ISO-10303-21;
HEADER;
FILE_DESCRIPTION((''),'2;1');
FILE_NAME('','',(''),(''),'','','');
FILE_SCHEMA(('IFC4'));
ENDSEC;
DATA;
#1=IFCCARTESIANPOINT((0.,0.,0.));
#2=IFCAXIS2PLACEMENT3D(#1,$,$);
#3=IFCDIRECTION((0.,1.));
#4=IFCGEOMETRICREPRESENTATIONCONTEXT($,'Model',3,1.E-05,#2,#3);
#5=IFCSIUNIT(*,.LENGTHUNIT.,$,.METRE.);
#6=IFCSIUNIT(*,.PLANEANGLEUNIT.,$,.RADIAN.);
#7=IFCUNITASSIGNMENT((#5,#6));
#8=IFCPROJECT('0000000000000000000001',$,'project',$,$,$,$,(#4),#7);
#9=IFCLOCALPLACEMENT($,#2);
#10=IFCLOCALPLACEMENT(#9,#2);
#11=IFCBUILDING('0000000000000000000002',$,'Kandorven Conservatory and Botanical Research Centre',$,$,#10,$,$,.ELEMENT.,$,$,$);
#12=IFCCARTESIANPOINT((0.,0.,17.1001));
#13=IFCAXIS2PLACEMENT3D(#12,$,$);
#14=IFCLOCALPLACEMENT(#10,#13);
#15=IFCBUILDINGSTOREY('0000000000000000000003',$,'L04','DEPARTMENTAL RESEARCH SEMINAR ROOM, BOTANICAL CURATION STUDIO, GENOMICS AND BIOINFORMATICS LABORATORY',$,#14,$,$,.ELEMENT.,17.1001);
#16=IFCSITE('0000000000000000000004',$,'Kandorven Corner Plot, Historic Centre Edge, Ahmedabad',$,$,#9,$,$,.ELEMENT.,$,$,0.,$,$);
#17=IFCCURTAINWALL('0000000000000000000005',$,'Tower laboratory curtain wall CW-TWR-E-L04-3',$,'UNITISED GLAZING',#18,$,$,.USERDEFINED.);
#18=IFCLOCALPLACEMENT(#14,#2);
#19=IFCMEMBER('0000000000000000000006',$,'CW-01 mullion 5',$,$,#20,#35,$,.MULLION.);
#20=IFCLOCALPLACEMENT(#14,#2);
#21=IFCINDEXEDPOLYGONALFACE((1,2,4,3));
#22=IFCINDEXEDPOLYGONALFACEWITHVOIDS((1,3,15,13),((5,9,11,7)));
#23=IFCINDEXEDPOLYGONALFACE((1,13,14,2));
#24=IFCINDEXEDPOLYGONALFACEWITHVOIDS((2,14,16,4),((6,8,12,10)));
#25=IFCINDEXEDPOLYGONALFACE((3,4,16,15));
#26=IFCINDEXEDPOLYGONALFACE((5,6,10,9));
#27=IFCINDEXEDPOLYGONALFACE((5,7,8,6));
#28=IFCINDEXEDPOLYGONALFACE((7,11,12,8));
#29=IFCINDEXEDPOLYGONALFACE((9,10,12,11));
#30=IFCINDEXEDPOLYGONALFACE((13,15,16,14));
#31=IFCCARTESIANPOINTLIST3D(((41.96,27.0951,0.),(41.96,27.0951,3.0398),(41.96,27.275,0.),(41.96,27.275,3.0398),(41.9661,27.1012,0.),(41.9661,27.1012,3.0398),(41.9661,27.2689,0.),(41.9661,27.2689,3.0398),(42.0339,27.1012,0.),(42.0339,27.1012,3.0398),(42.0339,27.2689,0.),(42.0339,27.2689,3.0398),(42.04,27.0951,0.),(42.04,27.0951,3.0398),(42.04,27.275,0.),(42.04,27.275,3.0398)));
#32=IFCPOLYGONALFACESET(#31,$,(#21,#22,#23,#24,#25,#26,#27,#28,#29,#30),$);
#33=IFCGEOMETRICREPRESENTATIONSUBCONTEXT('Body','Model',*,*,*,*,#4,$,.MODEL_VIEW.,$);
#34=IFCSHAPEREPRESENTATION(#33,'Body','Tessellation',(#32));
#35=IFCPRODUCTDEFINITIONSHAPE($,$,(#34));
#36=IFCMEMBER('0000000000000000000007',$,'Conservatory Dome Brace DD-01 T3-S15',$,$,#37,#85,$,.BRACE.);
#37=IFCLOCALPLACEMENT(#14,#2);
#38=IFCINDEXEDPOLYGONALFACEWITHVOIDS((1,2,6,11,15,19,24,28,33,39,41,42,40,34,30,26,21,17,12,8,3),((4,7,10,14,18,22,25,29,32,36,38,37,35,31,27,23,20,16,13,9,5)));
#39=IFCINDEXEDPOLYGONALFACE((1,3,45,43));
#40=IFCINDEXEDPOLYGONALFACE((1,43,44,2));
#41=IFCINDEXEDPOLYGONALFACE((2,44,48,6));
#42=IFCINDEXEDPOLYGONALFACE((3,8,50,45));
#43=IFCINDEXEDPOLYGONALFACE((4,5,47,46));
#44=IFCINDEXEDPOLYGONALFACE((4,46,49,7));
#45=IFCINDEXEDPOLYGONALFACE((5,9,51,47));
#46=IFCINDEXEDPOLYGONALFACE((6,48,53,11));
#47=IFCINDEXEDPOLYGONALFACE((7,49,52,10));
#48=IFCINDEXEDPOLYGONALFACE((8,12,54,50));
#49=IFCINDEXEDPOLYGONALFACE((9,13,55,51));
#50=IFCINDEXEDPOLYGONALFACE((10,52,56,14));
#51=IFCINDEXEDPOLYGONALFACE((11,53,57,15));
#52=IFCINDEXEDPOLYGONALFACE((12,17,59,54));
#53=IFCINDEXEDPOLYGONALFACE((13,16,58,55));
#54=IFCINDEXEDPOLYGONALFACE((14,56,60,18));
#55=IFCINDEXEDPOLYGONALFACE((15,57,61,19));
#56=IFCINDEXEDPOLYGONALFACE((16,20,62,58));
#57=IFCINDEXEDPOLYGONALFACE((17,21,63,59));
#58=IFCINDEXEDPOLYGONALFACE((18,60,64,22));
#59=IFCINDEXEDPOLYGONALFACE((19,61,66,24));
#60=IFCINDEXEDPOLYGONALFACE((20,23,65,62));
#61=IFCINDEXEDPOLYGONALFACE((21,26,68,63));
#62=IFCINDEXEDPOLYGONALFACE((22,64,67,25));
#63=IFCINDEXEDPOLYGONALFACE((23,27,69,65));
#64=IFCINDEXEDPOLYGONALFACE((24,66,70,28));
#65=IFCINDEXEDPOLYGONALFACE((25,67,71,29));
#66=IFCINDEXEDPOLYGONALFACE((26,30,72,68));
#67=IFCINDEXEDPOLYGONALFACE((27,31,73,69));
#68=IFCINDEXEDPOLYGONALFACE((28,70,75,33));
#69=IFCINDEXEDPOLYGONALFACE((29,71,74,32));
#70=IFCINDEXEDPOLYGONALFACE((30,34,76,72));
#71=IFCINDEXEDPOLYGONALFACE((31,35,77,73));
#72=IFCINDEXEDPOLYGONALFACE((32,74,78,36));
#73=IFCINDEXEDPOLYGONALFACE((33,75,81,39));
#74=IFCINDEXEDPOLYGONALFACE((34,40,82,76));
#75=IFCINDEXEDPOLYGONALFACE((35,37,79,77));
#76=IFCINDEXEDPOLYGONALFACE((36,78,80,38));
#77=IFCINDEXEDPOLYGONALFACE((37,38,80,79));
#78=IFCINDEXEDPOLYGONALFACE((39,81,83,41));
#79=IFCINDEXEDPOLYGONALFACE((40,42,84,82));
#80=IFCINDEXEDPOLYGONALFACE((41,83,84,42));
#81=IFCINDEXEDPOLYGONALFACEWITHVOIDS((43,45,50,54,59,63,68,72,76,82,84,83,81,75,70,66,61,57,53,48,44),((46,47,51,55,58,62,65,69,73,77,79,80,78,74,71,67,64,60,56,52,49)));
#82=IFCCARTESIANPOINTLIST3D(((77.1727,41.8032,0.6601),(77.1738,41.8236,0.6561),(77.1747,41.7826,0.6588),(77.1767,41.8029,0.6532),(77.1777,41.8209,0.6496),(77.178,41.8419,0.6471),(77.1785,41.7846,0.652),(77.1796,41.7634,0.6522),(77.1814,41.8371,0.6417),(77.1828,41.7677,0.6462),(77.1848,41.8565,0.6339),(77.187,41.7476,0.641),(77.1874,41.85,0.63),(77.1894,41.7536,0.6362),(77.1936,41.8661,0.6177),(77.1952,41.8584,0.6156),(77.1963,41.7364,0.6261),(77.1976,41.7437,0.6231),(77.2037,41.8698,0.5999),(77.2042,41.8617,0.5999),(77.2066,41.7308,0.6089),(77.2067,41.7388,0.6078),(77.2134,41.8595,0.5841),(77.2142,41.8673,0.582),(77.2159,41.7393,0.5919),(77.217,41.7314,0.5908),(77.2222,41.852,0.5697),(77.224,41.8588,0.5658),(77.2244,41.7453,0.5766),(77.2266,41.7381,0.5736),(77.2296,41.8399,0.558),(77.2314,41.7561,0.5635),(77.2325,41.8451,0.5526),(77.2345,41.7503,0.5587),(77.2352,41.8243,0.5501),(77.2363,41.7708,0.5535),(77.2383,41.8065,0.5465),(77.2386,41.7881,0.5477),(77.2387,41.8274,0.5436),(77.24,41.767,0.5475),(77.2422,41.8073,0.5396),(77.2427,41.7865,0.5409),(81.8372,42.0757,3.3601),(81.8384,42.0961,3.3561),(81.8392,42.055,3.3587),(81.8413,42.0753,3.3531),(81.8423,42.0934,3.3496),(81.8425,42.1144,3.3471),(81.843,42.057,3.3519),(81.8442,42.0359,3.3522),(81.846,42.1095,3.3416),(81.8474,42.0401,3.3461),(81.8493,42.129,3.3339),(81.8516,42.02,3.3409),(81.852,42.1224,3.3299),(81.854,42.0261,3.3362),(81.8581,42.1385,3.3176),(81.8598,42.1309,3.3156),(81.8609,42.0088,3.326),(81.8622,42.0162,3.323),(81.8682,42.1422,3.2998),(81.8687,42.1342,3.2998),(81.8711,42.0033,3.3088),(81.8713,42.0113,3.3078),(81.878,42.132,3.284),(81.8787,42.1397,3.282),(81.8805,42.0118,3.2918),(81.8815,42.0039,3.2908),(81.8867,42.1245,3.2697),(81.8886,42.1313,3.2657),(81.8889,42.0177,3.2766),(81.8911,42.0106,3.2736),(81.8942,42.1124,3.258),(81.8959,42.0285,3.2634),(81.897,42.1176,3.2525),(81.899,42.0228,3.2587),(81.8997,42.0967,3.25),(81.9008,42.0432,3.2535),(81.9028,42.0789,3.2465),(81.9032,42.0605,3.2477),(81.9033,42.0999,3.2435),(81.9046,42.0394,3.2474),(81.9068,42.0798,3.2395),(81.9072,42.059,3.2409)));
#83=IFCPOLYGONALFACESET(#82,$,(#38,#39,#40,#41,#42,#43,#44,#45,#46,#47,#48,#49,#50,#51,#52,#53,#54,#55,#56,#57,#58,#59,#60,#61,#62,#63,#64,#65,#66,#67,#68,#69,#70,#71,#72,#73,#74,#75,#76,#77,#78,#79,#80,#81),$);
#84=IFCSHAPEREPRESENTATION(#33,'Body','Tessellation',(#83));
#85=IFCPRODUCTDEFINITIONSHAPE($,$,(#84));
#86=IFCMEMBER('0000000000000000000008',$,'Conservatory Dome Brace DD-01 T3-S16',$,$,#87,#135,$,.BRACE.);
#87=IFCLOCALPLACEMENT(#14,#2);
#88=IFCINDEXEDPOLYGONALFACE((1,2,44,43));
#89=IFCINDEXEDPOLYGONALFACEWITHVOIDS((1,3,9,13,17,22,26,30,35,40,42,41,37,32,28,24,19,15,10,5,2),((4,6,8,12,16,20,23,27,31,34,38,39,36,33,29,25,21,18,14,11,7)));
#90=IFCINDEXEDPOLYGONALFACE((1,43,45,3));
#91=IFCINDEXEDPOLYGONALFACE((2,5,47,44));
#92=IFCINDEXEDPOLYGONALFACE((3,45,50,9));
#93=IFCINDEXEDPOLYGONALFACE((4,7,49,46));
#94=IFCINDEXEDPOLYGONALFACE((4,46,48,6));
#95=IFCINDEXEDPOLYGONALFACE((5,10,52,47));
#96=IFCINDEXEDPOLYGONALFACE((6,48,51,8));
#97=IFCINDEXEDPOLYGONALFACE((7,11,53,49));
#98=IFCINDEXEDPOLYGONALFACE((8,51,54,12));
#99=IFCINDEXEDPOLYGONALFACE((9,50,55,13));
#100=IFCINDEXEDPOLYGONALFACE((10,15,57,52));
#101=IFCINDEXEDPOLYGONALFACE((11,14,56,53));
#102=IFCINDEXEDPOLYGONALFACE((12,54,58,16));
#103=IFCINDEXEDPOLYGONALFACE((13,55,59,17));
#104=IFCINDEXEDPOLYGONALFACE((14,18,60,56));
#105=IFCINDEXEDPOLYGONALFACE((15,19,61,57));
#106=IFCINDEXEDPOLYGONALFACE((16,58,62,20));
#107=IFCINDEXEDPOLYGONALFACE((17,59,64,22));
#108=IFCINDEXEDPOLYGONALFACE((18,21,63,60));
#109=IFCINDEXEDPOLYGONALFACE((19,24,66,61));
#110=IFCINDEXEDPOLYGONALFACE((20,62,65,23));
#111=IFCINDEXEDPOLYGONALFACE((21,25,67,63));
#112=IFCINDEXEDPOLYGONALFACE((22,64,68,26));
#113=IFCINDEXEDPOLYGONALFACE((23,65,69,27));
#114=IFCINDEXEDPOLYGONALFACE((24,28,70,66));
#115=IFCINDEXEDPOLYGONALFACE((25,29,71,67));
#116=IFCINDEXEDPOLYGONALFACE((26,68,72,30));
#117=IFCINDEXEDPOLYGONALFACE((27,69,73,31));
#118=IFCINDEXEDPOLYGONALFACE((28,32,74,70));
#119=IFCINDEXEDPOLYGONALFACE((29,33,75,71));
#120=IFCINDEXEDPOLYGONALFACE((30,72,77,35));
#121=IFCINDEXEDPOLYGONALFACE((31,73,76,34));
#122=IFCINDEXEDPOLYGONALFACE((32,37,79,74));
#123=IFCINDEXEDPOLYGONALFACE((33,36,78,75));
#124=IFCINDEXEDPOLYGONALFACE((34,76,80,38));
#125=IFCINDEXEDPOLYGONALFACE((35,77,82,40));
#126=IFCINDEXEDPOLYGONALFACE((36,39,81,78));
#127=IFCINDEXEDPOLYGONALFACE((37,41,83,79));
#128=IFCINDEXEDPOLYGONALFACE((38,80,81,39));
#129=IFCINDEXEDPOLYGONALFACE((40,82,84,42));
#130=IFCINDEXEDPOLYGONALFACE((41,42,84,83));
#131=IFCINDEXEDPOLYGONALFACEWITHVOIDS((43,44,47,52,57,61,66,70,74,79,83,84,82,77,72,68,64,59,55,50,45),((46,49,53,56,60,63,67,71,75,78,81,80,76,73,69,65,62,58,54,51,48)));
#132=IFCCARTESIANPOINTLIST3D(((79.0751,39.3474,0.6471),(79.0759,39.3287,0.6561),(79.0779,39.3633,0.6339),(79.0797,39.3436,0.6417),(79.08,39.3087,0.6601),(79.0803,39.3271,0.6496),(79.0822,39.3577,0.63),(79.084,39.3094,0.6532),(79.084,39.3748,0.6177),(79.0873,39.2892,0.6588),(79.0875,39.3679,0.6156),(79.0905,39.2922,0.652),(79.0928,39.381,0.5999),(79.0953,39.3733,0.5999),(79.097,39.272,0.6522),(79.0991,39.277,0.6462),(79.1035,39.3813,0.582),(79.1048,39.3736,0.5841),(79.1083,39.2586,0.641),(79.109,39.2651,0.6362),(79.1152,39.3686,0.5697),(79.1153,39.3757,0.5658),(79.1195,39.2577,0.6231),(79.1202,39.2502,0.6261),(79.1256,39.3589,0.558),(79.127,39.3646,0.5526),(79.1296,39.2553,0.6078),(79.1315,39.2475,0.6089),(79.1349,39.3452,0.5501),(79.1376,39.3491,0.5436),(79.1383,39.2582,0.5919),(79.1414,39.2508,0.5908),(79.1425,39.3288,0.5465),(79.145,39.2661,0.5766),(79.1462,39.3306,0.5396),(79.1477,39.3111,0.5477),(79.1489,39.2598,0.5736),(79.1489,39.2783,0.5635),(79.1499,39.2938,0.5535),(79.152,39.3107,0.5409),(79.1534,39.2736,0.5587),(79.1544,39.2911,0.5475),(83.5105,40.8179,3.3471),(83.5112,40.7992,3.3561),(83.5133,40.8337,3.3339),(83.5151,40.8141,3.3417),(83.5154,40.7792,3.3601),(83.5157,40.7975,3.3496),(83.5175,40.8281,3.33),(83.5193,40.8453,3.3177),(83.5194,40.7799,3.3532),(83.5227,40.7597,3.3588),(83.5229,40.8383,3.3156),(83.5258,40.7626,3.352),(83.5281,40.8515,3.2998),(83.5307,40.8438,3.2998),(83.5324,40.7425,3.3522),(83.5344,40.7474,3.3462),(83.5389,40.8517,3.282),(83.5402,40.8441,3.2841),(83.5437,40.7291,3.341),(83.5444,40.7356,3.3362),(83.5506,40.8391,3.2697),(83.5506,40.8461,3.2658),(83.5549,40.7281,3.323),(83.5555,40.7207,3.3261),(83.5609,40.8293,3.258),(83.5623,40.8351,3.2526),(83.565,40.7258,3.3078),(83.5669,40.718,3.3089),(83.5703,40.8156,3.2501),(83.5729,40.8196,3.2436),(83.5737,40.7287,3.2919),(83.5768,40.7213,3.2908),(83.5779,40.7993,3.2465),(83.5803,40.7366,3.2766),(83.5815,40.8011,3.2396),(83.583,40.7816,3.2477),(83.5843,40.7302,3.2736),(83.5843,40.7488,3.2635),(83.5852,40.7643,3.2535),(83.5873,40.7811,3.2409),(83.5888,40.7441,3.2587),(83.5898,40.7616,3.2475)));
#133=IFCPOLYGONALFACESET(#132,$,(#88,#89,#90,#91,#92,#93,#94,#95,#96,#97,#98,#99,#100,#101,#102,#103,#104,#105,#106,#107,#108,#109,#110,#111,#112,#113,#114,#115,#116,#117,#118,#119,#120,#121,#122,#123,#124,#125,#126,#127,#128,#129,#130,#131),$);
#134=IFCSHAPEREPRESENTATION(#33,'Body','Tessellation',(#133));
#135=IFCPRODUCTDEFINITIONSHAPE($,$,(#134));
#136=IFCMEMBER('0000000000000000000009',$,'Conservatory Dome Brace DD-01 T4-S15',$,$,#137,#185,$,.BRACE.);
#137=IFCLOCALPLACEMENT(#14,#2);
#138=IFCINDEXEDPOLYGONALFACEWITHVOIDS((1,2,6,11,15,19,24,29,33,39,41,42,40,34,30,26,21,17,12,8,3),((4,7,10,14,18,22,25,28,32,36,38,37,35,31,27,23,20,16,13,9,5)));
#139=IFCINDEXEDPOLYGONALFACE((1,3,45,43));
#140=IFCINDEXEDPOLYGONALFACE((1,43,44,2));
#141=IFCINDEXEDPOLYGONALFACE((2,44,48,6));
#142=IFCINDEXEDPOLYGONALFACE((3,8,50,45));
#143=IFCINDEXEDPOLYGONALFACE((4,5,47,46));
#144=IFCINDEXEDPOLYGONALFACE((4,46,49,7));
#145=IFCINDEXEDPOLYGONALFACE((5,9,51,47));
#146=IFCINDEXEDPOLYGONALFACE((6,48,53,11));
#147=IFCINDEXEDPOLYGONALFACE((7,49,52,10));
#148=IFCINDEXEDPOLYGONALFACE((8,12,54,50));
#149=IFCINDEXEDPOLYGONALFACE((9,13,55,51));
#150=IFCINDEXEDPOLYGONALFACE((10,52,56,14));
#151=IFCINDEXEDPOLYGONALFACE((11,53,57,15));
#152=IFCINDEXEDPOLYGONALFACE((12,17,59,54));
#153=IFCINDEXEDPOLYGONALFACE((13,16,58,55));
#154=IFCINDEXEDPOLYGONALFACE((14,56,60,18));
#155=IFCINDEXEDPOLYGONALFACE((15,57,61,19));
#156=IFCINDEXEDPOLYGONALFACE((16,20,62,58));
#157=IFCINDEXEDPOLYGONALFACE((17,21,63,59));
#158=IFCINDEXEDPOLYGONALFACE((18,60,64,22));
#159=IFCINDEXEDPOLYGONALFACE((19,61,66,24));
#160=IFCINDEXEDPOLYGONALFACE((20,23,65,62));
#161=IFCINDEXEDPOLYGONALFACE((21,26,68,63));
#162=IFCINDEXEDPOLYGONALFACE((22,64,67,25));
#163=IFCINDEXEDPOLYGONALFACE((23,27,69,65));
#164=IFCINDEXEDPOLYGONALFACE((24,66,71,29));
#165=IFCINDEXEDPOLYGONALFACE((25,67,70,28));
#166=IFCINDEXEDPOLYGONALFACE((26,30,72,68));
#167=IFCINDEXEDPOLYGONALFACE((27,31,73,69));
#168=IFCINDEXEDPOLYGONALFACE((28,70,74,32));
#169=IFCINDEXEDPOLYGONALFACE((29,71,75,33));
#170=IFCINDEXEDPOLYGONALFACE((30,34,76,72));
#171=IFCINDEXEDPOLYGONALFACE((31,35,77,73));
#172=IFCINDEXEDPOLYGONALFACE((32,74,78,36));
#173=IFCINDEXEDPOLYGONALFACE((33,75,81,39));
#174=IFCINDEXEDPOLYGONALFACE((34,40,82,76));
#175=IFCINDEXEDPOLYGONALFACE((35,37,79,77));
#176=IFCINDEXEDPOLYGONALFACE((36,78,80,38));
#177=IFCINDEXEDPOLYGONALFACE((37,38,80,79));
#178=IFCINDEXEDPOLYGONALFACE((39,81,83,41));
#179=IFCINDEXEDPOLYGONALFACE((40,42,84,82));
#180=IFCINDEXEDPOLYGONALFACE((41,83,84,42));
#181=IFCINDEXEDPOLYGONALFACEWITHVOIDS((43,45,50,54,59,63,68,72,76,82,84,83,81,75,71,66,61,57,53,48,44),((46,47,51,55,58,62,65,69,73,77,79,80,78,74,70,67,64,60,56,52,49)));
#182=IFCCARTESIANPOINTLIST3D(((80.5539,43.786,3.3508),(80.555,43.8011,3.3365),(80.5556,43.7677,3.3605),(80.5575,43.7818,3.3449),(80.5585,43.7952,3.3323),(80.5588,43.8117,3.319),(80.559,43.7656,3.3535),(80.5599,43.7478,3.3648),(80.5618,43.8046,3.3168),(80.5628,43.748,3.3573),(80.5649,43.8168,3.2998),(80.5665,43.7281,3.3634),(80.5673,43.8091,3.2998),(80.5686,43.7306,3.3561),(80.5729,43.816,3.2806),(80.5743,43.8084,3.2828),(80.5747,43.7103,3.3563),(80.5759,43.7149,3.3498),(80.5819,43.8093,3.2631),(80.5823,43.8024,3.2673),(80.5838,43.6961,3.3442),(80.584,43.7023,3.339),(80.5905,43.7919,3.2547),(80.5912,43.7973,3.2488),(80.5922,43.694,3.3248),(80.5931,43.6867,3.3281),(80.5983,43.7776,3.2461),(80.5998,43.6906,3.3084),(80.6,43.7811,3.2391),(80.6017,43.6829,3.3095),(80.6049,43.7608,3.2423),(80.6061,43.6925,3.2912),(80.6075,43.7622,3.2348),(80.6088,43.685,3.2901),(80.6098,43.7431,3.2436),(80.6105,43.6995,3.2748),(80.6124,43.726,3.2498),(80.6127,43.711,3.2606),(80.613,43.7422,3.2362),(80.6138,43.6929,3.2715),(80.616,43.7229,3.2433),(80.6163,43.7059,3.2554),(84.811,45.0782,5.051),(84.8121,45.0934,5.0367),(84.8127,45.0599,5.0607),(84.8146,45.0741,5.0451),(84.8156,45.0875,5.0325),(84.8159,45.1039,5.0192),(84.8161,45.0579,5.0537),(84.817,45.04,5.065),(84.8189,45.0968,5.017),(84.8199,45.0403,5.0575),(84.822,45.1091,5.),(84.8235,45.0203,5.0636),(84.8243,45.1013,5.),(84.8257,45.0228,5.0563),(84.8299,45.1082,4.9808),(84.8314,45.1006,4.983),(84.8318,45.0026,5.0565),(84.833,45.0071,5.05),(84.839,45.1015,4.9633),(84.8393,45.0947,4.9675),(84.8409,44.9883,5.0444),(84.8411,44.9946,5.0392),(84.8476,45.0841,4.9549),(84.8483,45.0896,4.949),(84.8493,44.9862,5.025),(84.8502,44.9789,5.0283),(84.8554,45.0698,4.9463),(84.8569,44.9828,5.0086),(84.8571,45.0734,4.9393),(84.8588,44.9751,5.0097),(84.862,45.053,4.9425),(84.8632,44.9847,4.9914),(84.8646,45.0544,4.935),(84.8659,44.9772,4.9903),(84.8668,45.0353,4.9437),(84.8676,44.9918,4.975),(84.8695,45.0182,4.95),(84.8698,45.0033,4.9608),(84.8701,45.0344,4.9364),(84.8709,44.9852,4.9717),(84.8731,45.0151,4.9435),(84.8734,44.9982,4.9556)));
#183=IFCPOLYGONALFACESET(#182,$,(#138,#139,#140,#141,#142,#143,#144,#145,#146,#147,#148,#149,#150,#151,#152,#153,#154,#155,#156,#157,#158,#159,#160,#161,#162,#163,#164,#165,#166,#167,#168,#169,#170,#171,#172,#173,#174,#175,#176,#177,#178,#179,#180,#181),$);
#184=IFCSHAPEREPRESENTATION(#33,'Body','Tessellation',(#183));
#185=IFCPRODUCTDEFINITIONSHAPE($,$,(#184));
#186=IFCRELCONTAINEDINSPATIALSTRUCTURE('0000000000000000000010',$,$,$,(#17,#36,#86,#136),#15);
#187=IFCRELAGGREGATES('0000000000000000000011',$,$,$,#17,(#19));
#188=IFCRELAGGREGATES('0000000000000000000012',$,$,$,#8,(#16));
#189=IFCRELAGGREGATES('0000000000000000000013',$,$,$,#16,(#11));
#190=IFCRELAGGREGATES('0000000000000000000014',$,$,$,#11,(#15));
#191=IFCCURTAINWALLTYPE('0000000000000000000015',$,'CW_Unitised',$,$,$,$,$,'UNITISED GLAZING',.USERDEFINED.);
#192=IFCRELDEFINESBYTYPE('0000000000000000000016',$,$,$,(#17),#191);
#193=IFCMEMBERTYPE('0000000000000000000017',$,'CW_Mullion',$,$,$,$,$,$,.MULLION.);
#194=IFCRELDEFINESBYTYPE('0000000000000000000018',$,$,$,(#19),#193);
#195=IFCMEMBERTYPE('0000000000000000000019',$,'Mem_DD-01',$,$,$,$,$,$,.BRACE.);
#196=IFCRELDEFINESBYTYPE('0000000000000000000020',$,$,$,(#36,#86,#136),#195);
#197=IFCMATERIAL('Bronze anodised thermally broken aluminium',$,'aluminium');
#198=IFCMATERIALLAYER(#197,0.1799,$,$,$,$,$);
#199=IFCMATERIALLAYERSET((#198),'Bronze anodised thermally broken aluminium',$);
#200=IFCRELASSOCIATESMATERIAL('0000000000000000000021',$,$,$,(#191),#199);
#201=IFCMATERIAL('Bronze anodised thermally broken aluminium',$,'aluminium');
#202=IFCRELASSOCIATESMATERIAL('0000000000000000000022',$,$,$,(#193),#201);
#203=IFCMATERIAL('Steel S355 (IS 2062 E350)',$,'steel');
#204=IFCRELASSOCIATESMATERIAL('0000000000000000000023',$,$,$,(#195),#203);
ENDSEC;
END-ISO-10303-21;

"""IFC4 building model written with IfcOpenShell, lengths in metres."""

from ifc_helpers import new_model, si_unit, direction, frame, origin, origin_2d, place, context, subcontext, project, spatial, hollow_rectangle, hollow_circle, extrude, material, layer, layer_set, material_profile, profile_set, type_object, element, aggregate, save


model = new_model("IFC4")

# Units and contexts
model_context = context("Model", 3, precision=1e-05, world=origin(), true_north=direction((0.0, 1.0)))
body_context = subcontext(model_context, "Body", "Model", "MODEL_VIEW")
ifc_project = project(units=[si_unit("LENGTHUNIT", "METRE"), si_unit("PLANEANGLEUNIT", "RADIAN")], contexts=[model_context])

# Site, building, storey
site_placement = place(None, origin())
site = spatial("IfcSite", under=ifc_project, at=site_placement, Name="Kandorven Corner Plot, Historic Centre Edge, Ahmedabad", CompositionType="ELEMENT", RefElevation=0.0)
building_placement = place(site_placement, origin())
building = spatial("IfcBuilding", under=site, at=building_placement, Name="Kandorven Conservatory and Botanical Research Centre", CompositionType="ELEMENT")
storey_placement = place(building_placement, frame((0.0, 0.0, 17.1001)))
storey = spatial("IfcBuildingStorey", under=building, at=storey_placement, Name="L04", Description="DEPARTMENTAL RESEARCH SEMINAR ROOM, BOTANICAL CURATION STUDIO, GENOMICS AND BIOINFORMATICS LABORATORY", CompositionType="ELEMENT", Elevation=17.1001)

# Curtain wall, member
ifc_material_1 = material(Name="Bronze anodised thermally broken aluminium", Category="aluminium")
ifc_layer_1 = layer(ifc_material_1, 0.1799)
ifc_layer_set_1 = layer_set([ifc_layer_1], Name="Bronze anodised thermally broken aluminium")
curtain_wall_type = type_object("IfcCurtainWallType", Name="CW_Unitised", ElementType="UNITISED GLAZING", PredefinedType="USERDEFINED", material=ifc_layer_set_1)
curtain_wall_placement = place(storey_placement, origin())
curtain_wall = element("IfcCurtainWall", 1, at=curtain_wall_placement, inside=storey, type_object=curtain_wall_type, Name="Tower laboratory curtain wall CW-TWR-E-L04-3", ObjectType="UNITISED GLAZING", PredefinedType="USERDEFINED")
ifc_material_2 = material(Name="Bronze anodised thermally broken aluminium", Category="aluminium")
ifc_material_profile_1 = material_profile(ifc_material_2, hollow_rectangle(XDim=0.0801, YDim=0.1799, WallThickness=0.0061, at=origin_2d()))
ifc_profile_set_1 = profile_set([ifc_material_profile_1], Name="Bronze anodised thermally broken aluminium")
member_type_1 = type_object("IfcMemberType", Name="CW_Mullion", PredefinedType="MULLION", material=ifc_profile_set_1)
member_1_placement = place(storey_placement, frame((42.0, 27.1851, 0.0), z_axis=(0.0, 0.0, 1.0), x_axis=(-1.0, 0.0, 0.0)))
member_1 = element("IfcMember", 2, at=member_1_placement, type_object=member_type_1, Name="CW-01 mullion 5", PredefinedType="MULLION", context=body_context, shape_type="SweptSolid", body=[
    extrude(hollow_rectangle(XDim=0.0801, YDim=0.1799, WallThickness=0.0061, at=origin_2d()), origin(), (0.0, 0.0, 1.0), 3.0398),
])

# Members
ifc_material_3 = material(Name="Steel S355 (IS 2062 E350)", Category="steel")
ifc_material_profile_2 = material_profile(ifc_material_3, hollow_circle(Radius=0.0698, WallThickness=0.0081, at=origin_2d()))
ifc_profile_set_2 = profile_set([ifc_material_profile_2], Name="Steel S355 (IS 2062 E350)")
member_type_2 = type_object("IfcMemberType", Name="Mem_DD-01", PredefinedType="BRACE", material=ifc_profile_set_2)
member_2_placement = place(storey_placement, frame((77.2078, 41.8, 0.5999), z_axis=(0.864369, 0.050489, 0.500317), x_axis=(-0.058312, 0.998298, 0.0)))
element("IfcMember", 3, at=member_2_placement, inside=storey, type_object=member_type_2, Name="Conservatory Dome Brace DD-01 T3-S15", PredefinedType="BRACE", context=body_context, shape_type="SweptSolid", body=[
    extrude(hollow_circle(Radius=0.0698, WallThickness=0.0081, at=origin_2d()), origin(), (0.0, 0.0, 1.0), 5.3965),
])
member_3_placement = place(storey_placement, frame((79.1147, 39.3147, 0.5999), z_axis=(0.821861, 0.272476, 0.500301), x_axis=(-0.314691, 0.949194, 0.0)))
element("IfcMember", 4, at=member_3_placement, inside=storey, type_object=member_type_2, Name="Conservatory Dome Brace DD-01 T3-S16", PredefinedType="BRACE", context=body_context, shape_type="SweptSolid", body=[
    extrude(hollow_circle(Radius=0.0698, WallThickness=0.0081, at=origin_2d()), origin(), (0.0, 0.0, 1.0), 5.3967),
])
member_4_placement = place(storey_placement, frame((80.5852, 43.75, 3.2998), z_axis=(0.893838, 0.271325, 0.356982), x_axis=(-0.290463, 0.956886, 0.0)))
element("IfcMember", 5, at=member_4_placement, inside=storey, type_object=member_type_2, Name="Conservatory Dome Brace DD-01 T4-S15", PredefinedType="BRACE", context=body_context, shape_type="SweptSolid", body=[
    extrude(hollow_circle(Radius=0.0698, WallThickness=0.0081, at=origin_2d()), origin(), (0.0, 0.0, 1.0), 4.7627),
])

aggregate(curtain_wall, [member_1])

save(model, "model.ifc")
